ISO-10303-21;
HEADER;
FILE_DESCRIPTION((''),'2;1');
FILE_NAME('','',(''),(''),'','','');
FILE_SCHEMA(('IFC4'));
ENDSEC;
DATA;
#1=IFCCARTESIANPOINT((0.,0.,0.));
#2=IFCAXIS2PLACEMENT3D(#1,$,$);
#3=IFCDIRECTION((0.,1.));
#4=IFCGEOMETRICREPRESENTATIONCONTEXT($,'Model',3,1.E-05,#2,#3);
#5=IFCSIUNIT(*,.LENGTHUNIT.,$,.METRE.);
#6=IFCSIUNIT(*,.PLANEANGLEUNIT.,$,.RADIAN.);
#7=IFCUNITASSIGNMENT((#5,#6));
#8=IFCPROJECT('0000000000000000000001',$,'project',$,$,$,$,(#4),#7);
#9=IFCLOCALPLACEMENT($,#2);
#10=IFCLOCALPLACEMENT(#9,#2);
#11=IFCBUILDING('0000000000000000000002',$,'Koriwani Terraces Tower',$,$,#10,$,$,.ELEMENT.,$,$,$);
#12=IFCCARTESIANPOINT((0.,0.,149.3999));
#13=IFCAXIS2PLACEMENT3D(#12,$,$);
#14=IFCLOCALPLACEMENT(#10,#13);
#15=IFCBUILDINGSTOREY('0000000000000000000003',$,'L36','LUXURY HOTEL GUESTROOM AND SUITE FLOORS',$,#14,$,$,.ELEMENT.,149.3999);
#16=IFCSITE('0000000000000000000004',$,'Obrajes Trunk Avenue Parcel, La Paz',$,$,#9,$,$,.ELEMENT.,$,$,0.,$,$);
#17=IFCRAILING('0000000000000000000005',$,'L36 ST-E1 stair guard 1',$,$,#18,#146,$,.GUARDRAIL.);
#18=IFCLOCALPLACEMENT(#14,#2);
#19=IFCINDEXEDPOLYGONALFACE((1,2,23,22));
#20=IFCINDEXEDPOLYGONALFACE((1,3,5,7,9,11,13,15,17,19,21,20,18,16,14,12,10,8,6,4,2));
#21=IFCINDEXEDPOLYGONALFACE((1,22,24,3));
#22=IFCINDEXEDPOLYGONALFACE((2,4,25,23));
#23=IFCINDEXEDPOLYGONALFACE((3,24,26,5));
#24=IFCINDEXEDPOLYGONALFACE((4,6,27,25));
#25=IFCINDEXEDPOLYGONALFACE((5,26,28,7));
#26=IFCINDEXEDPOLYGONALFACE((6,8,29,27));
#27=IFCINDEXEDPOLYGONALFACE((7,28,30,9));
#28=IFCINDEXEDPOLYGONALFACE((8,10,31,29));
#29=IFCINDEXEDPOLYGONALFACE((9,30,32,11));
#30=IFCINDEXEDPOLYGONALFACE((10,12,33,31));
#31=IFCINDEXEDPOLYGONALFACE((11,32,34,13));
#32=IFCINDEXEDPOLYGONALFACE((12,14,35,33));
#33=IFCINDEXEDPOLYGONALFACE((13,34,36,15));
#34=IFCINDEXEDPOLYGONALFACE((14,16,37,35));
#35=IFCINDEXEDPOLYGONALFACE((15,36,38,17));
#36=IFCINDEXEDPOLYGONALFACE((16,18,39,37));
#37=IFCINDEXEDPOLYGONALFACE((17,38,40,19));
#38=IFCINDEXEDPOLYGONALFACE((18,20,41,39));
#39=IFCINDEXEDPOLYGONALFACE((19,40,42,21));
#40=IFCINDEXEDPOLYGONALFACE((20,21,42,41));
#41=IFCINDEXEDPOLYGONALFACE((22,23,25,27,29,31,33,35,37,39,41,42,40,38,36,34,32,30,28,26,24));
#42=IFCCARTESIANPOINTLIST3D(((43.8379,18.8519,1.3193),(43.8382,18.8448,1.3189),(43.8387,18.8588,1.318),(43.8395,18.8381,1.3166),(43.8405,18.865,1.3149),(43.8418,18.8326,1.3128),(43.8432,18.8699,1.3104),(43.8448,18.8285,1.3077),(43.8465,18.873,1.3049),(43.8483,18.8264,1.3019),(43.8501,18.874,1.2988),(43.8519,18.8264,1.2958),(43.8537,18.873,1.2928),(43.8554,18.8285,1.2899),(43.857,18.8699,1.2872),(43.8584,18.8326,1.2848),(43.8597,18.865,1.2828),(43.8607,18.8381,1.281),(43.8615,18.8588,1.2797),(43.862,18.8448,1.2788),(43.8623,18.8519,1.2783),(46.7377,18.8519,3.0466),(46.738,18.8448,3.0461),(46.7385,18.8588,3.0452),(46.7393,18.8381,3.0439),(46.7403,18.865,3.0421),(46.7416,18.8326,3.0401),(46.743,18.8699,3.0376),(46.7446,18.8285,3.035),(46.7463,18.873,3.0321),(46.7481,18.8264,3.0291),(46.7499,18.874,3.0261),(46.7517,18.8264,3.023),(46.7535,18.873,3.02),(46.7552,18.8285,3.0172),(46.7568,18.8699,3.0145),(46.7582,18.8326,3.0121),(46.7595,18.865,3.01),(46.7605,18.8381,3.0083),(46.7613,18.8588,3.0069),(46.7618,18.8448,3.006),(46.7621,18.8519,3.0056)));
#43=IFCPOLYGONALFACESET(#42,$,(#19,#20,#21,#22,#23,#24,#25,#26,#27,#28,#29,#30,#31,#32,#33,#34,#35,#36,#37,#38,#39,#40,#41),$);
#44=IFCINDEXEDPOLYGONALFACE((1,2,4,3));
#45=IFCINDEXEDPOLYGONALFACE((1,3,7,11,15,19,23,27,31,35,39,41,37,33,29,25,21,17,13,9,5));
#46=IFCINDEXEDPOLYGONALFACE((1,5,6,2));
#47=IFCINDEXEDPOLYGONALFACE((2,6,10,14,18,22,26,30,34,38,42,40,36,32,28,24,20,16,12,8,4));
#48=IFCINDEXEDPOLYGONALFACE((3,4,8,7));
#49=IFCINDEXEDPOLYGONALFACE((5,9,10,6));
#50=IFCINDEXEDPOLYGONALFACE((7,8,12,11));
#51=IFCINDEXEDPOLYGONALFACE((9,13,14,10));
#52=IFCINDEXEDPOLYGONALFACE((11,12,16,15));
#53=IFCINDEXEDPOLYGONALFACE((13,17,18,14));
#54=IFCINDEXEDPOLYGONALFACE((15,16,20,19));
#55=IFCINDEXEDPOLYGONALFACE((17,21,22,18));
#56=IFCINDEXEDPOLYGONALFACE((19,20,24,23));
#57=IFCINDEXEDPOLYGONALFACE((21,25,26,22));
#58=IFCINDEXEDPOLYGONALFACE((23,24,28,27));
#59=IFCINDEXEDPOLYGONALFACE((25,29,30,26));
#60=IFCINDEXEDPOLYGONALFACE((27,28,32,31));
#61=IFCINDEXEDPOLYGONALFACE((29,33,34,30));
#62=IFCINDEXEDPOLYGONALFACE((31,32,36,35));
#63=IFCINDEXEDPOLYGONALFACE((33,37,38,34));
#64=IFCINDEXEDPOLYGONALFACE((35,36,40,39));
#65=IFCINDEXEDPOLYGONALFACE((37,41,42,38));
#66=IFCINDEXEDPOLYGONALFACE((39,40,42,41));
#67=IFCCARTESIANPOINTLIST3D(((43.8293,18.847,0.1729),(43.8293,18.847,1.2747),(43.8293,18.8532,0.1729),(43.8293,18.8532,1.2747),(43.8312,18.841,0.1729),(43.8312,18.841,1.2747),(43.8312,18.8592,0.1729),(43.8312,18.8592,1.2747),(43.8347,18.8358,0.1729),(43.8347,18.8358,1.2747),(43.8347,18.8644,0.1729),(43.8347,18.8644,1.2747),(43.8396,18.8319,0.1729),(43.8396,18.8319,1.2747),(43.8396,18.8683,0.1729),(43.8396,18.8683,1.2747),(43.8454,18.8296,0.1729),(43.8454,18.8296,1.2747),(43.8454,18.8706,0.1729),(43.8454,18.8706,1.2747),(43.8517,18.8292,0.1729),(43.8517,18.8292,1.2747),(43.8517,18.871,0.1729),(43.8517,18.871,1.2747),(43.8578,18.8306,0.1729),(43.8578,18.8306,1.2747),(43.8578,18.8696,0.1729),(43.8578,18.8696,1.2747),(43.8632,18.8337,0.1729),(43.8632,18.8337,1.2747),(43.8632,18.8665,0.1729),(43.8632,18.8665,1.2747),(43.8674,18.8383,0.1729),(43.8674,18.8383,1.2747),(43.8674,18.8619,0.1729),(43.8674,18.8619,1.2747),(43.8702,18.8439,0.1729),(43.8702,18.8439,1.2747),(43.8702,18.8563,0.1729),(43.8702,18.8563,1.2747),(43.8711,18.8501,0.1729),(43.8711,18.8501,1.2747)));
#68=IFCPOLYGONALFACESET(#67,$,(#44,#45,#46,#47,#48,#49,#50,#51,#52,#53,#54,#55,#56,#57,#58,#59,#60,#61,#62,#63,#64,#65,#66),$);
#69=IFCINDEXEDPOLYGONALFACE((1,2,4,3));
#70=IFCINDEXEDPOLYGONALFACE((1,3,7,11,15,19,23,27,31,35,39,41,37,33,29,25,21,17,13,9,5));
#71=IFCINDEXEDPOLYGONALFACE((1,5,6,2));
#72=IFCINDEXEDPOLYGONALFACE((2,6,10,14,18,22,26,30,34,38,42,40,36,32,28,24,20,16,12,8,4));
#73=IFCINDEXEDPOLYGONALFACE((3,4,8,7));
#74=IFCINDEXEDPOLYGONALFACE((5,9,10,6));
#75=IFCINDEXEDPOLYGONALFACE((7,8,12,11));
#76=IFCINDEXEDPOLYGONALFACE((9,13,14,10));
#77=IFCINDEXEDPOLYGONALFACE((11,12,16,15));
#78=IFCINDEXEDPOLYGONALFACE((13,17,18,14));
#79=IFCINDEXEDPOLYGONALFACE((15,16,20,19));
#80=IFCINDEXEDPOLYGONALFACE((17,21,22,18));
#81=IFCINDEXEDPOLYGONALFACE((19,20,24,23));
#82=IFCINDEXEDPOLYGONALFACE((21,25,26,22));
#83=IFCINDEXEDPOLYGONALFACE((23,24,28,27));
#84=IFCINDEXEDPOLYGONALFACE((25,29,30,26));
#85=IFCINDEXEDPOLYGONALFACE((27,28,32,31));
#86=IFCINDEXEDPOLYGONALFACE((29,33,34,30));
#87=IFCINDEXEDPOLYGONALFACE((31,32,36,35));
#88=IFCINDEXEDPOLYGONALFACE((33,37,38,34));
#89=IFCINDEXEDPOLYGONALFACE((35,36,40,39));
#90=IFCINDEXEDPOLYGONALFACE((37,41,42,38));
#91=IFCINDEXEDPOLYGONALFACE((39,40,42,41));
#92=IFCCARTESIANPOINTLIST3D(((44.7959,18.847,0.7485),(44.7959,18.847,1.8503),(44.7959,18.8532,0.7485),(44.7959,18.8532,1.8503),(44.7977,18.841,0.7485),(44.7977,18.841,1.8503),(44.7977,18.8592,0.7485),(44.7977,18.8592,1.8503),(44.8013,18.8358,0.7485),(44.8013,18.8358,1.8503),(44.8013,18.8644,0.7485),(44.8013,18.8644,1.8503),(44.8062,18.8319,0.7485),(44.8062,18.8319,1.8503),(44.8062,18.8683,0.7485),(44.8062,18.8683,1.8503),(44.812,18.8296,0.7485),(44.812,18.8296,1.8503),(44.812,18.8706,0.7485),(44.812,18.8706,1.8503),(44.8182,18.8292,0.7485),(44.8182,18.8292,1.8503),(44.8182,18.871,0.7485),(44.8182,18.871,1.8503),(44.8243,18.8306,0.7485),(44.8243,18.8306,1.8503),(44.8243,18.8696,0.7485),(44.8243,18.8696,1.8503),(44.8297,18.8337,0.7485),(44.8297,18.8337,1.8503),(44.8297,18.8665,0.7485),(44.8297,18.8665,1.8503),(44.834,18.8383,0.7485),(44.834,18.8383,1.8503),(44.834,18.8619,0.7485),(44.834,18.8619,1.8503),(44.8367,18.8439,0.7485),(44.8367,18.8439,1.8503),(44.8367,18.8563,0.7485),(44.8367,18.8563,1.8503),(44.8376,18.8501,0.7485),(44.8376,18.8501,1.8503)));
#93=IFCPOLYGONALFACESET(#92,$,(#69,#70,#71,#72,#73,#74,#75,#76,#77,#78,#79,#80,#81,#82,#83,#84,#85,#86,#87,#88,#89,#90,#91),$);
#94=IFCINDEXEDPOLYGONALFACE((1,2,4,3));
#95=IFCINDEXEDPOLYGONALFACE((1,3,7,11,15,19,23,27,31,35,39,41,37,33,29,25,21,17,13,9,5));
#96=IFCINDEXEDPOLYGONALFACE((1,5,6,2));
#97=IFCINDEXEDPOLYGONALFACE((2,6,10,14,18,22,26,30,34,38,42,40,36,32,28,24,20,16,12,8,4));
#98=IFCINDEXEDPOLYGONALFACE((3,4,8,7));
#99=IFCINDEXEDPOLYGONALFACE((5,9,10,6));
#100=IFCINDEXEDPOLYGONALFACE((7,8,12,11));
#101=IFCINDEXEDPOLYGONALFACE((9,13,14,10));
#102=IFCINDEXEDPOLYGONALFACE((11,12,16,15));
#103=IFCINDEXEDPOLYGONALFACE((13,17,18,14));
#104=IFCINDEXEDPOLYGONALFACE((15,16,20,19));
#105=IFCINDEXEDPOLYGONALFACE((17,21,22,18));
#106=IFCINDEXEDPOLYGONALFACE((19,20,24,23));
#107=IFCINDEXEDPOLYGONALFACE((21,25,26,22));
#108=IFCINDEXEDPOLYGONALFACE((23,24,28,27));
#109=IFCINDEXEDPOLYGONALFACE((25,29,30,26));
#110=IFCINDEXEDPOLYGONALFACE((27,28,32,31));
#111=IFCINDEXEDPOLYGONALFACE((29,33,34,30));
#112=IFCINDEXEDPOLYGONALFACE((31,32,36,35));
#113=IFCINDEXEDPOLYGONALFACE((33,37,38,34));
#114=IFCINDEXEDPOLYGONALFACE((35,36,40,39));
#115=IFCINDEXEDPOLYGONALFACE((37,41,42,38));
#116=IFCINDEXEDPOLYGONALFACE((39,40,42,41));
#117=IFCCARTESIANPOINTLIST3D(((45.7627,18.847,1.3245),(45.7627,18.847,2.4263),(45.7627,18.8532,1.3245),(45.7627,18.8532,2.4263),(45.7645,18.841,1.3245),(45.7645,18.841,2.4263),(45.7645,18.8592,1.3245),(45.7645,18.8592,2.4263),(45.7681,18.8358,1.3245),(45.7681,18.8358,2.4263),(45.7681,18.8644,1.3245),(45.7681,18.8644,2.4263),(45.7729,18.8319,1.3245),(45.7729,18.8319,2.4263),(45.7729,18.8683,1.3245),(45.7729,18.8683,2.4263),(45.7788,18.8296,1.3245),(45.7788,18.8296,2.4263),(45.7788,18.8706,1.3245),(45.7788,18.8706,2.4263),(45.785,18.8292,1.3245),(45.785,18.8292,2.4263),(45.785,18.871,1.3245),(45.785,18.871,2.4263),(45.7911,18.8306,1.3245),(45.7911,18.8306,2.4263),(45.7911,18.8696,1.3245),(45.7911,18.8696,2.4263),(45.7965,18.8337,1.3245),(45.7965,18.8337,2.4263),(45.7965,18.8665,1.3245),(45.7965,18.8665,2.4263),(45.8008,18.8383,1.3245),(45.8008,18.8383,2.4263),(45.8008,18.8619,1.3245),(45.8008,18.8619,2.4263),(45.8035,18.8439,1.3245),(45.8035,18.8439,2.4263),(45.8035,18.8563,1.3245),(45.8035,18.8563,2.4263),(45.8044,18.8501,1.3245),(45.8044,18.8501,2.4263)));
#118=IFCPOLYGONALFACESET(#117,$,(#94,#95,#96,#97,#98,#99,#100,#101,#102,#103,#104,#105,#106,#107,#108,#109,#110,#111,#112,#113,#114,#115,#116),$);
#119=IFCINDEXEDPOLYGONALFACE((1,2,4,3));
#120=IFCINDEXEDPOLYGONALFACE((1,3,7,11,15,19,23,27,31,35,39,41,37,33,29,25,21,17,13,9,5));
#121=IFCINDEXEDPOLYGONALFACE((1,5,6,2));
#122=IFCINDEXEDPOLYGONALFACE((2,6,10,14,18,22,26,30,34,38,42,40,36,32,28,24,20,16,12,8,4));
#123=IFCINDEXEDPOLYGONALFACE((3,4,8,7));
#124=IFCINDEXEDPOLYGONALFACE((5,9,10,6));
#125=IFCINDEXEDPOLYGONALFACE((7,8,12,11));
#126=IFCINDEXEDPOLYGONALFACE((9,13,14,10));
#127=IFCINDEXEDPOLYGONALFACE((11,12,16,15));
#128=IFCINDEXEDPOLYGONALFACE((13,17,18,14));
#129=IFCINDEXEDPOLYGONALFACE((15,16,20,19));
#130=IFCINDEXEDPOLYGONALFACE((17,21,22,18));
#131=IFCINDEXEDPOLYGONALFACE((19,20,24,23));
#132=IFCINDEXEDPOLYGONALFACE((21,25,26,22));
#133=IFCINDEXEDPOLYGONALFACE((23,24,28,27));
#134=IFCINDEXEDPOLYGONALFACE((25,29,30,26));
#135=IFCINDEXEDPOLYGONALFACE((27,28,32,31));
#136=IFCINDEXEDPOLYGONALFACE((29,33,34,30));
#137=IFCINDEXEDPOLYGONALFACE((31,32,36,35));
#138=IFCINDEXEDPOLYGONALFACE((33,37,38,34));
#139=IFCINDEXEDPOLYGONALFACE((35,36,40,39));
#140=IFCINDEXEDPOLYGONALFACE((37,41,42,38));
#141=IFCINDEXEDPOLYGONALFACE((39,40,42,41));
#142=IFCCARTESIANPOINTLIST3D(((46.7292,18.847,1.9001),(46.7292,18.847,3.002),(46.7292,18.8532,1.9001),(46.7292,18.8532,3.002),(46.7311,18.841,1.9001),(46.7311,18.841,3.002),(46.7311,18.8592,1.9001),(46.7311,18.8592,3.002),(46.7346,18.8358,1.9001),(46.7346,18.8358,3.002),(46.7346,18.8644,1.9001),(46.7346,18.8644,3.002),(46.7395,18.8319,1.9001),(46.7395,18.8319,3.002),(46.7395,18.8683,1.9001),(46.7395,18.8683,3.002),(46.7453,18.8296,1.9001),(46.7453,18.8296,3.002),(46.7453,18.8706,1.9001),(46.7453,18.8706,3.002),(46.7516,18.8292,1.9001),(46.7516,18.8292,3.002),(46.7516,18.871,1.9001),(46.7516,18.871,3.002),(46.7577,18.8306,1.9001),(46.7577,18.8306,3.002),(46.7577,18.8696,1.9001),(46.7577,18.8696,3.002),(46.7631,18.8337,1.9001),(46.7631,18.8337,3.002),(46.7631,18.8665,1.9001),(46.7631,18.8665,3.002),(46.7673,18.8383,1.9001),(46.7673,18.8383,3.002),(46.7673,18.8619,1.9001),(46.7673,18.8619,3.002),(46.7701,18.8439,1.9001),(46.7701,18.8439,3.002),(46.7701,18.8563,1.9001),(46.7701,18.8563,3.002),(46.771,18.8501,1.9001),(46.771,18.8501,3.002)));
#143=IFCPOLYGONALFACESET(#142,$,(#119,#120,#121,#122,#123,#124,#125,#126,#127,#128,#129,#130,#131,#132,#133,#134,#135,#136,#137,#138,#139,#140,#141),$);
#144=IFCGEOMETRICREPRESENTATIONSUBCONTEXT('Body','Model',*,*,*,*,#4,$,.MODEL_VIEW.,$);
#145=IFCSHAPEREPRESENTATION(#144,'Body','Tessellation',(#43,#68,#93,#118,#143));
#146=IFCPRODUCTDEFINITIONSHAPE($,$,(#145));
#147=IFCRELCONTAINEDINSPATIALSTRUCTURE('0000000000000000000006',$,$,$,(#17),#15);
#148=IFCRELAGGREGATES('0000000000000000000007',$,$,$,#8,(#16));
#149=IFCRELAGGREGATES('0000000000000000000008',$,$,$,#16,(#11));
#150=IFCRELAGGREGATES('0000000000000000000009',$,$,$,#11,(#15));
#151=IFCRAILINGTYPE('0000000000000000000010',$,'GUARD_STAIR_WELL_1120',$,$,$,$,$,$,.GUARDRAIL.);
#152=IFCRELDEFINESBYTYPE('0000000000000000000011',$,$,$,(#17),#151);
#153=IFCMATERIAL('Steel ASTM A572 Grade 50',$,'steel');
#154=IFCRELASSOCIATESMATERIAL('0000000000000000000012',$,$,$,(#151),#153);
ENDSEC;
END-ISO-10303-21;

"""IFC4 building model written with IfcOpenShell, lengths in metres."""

from ifc_helpers import new_model, si_unit, direction, frame, origin, origin_2d, place, context, subcontext, project, spatial, circle, extrude, material, type_object, element, save


model = new_model("IFC4")

# Units and contexts
model_context = context("Model", 3, precision=1e-05, world=origin(), true_north=direction((0.0, 1.0)))
body_context = subcontext(model_context, "Body", "Model", "MODEL_VIEW")
ifc_project = project(units=[si_unit("LENGTHUNIT", "METRE"), si_unit("PLANEANGLEUNIT", "RADIAN")], contexts=[model_context])

# Site, building, storey
site_placement = place(None, origin())
site = spatial("IfcSite", under=ifc_project, at=site_placement, Name="Obrajes Trunk Avenue Parcel, La Paz", CompositionType="ELEMENT", RefElevation=0.0)
building_placement = place(site_placement, origin())
building = spatial("IfcBuilding", under=site, at=building_placement, Name="Koriwani Terraces Tower", CompositionType="ELEMENT")
storey_placement = place(building_placement, frame((0.0, 0.0, 149.3999)))
storey = spatial("IfcBuildingStorey", under=building, at=storey_placement, Name="L36", Description="LUXURY HOTEL GUESTROOM AND SUITE FLOORS", CompositionType="ELEMENT", Elevation=149.3999)

# Shared definitions
ifc_material_1 = material(Name="Steel ASTM A572 Grade 50", Category="steel")

# Railing
railing_type_1 = type_object("IfcRailingType", Name="GUARD_STAIR_WELL_1120", PredefinedType="GUARDRAIL", material=ifc_material_1)
railing_1_placement = place(storey_placement, frame((43.8501, 18.8501, 0.1729)))
element("IfcRailing", 1, at=railing_1_placement, inside=storey, type_object=railing_type_1, Name="L36 ST-E1 stair guard 1", PredefinedType="GUARDRAIL", context=body_context, shape_type="SweptSolid", body=[
    extrude(circle(Radius=0.0239, at=origin_2d()), frame((0.0, 0.0, 1.126), z_axis=(0.859141, 0.0, 0.511738), x_axis=(0.0, 1.0, 0.0)), (0.0, 0.0, 1.0), 3.3752),
    extrude(circle(Radius=0.021, at=origin_2d()), origin(), (0.0, 0.0, 1.0), 1.1018),
    extrude(circle(Radius=0.021, at=origin_2d()), frame((0.9666, 0.0, 0.5757)), (0.0, 0.0, 1.0), 1.1018),
    extrude(circle(Radius=0.021, at=origin_2d()), frame((1.9333, 0.0, 1.1516)), (0.0, 0.0, 1.0), 1.1018),
    extrude(circle(Radius=0.021, at=origin_2d()), frame((2.8999, 0.0, 1.7273)), (0.0, 0.0, 1.0), 1.1018),
])

save(model, "model.ifc")
